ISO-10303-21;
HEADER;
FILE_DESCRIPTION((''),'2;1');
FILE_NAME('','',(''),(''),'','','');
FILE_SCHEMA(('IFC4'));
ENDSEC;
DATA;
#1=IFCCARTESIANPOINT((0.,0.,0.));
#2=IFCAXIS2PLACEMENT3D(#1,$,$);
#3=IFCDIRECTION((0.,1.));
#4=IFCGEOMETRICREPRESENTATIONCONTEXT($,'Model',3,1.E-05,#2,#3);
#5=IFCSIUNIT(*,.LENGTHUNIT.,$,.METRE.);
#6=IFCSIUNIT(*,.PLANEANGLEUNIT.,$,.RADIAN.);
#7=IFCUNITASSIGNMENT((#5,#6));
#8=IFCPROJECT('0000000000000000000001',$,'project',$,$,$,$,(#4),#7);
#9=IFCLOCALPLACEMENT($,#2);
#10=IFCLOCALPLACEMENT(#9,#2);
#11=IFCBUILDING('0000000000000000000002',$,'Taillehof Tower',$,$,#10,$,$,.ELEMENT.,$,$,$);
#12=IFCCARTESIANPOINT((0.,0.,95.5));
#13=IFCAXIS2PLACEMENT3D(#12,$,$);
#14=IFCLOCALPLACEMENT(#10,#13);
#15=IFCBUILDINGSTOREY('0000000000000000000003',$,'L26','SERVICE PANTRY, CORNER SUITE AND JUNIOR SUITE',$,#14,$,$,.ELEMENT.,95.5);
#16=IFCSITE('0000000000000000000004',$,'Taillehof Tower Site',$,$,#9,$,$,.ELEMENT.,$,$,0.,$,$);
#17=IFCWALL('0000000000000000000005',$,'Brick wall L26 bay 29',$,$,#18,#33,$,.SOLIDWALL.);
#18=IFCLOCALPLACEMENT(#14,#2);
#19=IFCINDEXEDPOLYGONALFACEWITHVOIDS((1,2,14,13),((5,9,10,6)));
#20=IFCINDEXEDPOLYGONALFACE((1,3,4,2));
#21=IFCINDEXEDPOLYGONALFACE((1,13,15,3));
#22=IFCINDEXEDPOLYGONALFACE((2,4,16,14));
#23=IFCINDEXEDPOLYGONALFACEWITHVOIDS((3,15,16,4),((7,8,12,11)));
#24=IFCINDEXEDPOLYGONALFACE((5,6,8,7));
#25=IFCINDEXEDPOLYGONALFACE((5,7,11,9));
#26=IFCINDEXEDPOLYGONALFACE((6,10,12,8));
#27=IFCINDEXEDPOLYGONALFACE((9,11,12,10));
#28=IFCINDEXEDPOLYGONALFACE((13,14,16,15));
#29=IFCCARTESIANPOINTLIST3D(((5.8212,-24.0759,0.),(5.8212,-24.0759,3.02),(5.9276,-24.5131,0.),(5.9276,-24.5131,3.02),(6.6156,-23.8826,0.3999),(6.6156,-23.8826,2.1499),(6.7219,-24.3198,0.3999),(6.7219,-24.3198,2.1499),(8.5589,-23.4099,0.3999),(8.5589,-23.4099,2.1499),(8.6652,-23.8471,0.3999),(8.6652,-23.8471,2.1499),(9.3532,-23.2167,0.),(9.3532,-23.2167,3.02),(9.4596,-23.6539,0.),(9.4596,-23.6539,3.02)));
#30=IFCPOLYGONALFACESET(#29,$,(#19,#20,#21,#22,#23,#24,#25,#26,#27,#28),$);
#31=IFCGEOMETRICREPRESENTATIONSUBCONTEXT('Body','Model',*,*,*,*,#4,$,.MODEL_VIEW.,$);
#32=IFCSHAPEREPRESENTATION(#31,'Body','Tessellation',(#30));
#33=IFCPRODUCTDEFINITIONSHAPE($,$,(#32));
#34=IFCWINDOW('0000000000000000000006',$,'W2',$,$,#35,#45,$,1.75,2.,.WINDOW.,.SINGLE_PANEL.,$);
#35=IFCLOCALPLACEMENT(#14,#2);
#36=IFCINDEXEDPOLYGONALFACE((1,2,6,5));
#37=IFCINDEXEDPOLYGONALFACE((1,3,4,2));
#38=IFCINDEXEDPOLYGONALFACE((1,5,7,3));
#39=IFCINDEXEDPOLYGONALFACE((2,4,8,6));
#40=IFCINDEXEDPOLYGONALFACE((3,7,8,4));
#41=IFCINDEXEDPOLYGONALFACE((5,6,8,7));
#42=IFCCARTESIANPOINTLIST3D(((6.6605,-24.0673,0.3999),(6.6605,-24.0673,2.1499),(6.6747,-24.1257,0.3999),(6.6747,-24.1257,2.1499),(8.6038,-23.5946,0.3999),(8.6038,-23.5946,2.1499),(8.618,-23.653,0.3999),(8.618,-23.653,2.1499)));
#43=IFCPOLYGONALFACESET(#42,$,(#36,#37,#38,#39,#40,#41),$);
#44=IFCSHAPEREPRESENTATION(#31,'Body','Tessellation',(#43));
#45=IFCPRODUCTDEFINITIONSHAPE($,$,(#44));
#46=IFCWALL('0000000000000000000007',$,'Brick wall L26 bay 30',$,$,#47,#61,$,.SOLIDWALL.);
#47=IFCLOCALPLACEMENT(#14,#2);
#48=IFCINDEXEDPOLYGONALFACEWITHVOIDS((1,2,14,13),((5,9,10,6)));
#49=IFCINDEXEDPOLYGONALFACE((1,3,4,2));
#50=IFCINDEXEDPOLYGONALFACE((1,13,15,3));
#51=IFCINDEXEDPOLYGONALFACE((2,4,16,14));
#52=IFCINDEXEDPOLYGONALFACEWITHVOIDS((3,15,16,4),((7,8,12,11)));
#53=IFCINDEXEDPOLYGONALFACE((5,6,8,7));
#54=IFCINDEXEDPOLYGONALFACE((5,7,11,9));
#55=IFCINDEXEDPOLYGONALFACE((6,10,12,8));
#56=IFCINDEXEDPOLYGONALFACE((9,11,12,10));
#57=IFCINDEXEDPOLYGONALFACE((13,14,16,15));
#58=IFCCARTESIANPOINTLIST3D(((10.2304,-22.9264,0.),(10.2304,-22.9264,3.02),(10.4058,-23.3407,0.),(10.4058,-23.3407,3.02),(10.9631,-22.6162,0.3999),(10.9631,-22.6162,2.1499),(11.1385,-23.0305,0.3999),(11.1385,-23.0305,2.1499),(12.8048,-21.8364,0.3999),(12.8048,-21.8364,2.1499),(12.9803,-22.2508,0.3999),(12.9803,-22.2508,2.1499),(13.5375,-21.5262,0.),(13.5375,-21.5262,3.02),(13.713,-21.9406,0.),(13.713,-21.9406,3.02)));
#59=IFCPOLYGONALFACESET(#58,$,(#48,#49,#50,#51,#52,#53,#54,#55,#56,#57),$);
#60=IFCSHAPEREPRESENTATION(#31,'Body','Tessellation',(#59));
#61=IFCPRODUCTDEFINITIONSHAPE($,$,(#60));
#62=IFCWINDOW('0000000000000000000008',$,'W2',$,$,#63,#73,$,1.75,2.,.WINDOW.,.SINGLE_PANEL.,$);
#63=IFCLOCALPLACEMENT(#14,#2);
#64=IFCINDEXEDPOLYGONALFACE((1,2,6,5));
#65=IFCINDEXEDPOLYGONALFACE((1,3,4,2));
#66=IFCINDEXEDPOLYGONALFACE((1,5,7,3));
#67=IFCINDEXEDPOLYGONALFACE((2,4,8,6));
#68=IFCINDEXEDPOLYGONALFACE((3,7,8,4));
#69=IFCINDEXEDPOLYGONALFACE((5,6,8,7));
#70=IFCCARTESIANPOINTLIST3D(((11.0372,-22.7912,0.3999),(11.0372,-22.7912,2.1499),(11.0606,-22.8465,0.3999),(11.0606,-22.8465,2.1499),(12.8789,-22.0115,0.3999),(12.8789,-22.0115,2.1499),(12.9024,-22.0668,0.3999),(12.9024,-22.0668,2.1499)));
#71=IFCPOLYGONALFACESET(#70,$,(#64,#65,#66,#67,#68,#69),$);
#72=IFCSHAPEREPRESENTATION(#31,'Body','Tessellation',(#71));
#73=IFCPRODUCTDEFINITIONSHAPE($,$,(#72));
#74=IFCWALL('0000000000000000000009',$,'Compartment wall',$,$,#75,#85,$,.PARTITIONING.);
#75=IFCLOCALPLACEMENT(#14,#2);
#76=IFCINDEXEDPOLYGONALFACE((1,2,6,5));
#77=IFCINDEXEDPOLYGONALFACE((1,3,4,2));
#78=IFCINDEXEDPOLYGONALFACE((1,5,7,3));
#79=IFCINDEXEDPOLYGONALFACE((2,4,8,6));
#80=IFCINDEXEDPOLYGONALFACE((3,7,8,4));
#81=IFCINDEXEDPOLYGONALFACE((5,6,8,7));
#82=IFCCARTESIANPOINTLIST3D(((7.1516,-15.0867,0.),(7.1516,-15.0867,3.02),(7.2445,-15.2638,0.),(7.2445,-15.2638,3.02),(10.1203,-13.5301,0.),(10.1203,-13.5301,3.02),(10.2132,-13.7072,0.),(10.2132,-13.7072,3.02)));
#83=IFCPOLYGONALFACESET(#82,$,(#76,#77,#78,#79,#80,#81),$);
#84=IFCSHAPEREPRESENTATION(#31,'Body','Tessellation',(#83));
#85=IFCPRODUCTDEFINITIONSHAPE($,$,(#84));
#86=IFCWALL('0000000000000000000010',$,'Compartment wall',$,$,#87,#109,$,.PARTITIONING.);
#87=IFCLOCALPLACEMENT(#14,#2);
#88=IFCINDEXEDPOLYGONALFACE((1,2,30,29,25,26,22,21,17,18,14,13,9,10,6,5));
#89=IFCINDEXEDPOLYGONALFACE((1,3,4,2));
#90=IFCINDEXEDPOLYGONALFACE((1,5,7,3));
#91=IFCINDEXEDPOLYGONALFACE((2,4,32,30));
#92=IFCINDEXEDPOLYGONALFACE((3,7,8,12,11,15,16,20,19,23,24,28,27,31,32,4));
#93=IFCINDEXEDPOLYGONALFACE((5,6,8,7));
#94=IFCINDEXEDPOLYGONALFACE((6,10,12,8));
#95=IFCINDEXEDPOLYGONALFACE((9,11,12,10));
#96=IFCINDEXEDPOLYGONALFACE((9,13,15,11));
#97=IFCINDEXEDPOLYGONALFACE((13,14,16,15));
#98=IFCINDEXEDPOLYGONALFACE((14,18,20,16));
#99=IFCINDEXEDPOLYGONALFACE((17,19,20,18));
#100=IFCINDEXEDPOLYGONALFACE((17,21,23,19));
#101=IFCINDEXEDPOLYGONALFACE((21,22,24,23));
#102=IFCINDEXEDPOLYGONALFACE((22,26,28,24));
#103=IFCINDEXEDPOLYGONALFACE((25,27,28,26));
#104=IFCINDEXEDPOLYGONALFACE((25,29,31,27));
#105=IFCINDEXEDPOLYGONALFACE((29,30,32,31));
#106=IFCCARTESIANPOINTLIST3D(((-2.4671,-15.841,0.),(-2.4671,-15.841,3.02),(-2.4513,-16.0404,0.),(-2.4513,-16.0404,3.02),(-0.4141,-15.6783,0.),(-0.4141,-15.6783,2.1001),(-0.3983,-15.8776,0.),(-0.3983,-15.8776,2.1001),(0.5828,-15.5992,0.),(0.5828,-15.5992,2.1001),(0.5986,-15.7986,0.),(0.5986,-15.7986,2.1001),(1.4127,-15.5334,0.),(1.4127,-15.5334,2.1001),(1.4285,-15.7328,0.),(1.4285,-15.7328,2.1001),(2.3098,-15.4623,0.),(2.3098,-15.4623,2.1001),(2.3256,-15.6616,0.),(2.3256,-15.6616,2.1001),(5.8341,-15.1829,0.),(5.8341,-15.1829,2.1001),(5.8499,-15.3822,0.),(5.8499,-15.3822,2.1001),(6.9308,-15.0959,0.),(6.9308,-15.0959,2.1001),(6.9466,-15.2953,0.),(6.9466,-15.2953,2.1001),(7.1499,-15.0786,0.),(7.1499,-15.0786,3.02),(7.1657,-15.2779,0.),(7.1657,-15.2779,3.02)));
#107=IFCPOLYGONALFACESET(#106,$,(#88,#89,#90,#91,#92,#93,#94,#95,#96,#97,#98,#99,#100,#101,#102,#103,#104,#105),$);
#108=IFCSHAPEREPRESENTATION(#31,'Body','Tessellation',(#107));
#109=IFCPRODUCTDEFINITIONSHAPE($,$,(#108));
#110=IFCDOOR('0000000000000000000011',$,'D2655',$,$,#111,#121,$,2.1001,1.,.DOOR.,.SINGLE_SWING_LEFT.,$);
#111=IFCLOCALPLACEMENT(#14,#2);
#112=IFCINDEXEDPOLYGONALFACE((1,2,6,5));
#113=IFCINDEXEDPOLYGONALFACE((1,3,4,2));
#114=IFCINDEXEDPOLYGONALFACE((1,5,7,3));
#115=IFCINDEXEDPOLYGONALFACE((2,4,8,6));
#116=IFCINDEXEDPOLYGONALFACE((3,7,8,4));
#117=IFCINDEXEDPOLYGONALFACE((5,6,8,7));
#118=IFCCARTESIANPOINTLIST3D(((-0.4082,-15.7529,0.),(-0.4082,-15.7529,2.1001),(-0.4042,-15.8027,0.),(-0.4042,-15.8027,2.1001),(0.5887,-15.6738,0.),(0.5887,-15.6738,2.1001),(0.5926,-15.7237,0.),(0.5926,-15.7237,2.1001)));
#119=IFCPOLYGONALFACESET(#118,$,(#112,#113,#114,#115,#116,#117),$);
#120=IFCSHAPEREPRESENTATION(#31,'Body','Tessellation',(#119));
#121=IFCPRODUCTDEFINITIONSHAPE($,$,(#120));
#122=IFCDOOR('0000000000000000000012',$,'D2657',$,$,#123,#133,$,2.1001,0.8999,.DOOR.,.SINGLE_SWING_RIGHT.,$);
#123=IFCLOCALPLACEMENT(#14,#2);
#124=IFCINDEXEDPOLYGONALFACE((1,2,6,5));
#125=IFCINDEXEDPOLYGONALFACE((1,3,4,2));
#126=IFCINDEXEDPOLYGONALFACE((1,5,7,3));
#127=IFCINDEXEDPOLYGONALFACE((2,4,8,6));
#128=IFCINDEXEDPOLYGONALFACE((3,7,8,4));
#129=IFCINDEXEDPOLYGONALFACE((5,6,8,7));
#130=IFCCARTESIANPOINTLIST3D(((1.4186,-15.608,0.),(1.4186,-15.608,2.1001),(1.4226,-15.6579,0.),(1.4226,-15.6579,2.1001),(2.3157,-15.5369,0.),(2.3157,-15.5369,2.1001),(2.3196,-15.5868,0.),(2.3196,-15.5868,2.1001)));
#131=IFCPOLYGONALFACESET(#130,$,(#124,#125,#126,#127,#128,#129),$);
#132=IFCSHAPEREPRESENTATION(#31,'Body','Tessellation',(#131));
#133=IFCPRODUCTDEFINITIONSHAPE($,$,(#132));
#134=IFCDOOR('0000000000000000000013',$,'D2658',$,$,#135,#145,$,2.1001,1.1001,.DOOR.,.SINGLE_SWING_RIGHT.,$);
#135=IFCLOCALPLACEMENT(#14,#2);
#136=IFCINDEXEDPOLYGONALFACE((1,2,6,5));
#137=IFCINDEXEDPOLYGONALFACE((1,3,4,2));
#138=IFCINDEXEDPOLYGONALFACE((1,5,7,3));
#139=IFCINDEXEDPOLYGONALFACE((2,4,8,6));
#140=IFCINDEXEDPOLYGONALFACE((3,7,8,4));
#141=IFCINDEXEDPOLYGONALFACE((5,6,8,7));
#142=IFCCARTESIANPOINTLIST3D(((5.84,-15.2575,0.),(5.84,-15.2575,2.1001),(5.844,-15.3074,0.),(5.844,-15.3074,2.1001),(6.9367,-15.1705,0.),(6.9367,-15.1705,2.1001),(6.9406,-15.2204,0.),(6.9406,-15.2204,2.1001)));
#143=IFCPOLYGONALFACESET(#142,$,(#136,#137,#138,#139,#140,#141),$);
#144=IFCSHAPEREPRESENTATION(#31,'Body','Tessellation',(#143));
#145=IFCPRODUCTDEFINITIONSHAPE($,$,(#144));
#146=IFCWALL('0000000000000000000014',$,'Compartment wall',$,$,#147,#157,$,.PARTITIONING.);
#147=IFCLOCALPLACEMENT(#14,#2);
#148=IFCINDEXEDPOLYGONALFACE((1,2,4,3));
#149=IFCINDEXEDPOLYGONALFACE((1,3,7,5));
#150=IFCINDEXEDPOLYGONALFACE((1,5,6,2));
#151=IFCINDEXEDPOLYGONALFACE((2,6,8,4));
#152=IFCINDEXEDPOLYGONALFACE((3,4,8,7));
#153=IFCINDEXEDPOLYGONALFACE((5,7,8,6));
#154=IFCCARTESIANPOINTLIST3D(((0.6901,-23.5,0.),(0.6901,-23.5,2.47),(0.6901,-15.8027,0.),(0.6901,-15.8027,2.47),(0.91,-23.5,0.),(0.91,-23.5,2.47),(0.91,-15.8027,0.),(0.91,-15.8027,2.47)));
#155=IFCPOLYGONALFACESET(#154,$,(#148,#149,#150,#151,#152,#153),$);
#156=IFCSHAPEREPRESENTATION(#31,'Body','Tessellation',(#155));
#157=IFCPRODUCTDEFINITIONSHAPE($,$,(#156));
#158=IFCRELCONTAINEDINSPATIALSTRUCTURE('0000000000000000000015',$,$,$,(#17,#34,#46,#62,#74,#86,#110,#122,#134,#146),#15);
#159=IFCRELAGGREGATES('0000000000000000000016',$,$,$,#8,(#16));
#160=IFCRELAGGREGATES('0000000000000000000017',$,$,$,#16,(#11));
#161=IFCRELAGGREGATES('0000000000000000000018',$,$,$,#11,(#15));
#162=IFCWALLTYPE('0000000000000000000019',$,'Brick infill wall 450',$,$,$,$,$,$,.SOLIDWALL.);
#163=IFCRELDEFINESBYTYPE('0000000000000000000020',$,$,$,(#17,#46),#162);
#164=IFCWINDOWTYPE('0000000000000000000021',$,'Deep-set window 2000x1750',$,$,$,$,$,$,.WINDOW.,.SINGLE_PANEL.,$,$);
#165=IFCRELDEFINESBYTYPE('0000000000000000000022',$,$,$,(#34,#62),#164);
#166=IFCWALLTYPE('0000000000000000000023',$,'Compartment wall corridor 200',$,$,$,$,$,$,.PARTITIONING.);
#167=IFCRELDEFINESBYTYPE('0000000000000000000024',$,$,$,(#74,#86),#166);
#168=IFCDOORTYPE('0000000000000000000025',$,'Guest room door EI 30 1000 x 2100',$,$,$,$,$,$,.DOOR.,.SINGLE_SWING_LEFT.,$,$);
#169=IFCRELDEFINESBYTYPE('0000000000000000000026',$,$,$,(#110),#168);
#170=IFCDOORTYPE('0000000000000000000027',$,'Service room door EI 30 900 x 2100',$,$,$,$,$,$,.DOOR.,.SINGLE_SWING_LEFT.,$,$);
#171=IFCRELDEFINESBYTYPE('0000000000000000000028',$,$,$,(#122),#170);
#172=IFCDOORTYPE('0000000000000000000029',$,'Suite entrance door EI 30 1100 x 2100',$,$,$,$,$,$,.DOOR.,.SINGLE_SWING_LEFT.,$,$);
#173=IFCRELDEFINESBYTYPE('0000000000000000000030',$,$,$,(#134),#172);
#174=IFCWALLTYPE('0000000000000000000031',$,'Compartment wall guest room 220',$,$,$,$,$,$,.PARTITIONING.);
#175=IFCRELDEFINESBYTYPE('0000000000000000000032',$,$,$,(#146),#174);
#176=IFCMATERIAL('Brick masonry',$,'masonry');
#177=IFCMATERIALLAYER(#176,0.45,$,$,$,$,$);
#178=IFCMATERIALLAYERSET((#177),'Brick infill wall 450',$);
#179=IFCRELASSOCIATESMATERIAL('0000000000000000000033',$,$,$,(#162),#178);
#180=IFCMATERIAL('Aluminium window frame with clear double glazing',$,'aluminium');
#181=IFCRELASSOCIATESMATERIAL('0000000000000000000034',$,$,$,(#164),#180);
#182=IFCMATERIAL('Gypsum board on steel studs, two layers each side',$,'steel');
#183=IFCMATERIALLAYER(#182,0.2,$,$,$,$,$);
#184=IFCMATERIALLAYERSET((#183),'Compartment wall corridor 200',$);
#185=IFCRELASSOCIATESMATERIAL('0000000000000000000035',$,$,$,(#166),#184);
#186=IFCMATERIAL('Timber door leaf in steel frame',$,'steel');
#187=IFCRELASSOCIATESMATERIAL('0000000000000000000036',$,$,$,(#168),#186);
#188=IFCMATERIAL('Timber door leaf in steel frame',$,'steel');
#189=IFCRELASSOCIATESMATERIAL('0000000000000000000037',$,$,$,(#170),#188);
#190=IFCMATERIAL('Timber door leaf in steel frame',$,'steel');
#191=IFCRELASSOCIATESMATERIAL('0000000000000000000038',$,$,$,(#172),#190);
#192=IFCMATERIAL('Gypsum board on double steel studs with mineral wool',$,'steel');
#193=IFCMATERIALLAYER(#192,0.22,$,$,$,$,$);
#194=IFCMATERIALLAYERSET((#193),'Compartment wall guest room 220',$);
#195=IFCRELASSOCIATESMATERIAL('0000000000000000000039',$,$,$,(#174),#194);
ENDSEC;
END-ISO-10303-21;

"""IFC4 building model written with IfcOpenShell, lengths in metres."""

from ifc_helpers import new_model, si_unit, direction, frame, frame_2d, origin, place, context, subcontext, project, spatial, rectangle, extrude, material, layer, layer_set, type_object, element, fill, save


model = new_model("IFC4")

# Units and contexts
model_context = context("Model", 3, precision=1e-05, world=origin(), true_north=direction((0.0, 1.0)))
body_context = subcontext(model_context, "Body", "Model", "MODEL_VIEW")
ifc_project = project(units=[si_unit("LENGTHUNIT", "METRE"), si_unit("PLANEANGLEUNIT", "RADIAN")], contexts=[model_context])

# Site, building, storey
site_placement = place(None, origin())
site = spatial("IfcSite", under=ifc_project, at=site_placement, Name="Taillehof Tower Site", CompositionType="ELEMENT", RefElevation=0.0)
building_placement = place(site_placement, origin())
building = spatial("IfcBuilding", under=site, at=building_placement, Name="Taillehof Tower", CompositionType="ELEMENT")
storey_placement = place(building_placement, frame((0.0, 0.0, 95.5)))
storey = spatial("IfcBuildingStorey", under=building, at=storey_placement, Name="L26", Description="SERVICE PANTRY, CORNER SUITE AND JUNIOR SUITE", CompositionType="ELEMENT", Elevation=95.5)

# Walls, openings, windows
ifc_material_1 = material(Name="Brick masonry", Category="masonry")
ifc_layer_1 = layer(ifc_material_1, 0.45)
ifc_layer_set_1 = layer_set([ifc_layer_1], Name="Brick infill wall 450")
wall_type_1 = type_object("IfcWallType", Name="Brick infill wall 450", PredefinedType="SOLIDWALL", material=ifc_layer_set_1)
ifc_material_2 = material(Name="Aluminium window frame with clear double glazing", Category="aluminium")
window_type = type_object("IfcWindowType", Name="Deep-set window 2000x1750", PartitioningType="SINGLE_PANEL", PredefinedType="WINDOW", material=ifc_material_2)
wall_1_placement = place(storey_placement, frame((5.8745, -24.2944, 0.0), z_axis=(0.0, 0.0, 1.0), x_axis=(0.971668, 0.236352, 0.0)))
wall_1 = element("IfcWall", 1, at=wall_1_placement, inside=storey, type_object=wall_type_1, Name="Brick wall L26 bay 29", PredefinedType="SOLIDWALL", context=body_context, shape_type="SweptSolid", body=[
    extrude(rectangle(XDim=3.635, YDim=0.45, at=frame_2d((1.8174, 0.0))), origin(), (0.0, 0.0, 1.0), 3.02),
])
opening_1_placement = place(wall_1_placement, frame((0.8174, 0.0, 0.3999)))
opening_1 = element("IfcOpeningElement", 2, at=opening_1_placement, cuts=wall_1, PredefinedType="OPENING", context=body_context, shape_type="SweptSolid", body=[
    extrude(rectangle(XDim=2.0, YDim=1.75, at=frame_2d((1.0, 0.875))), frame((0.0, 0.2349, 0.0), z_axis=(0.0, -1.0, 0.0), x_axis=(1.0, 0.0, 0.0)), (0.0, 0.0, 1.0), 0.47),
])
window_1_placement = place(opening_1_placement, origin())
window_1 = element("IfcWindow", 3, at=window_1_placement, inside=storey, type_object=window_type, Name="W2", OverallHeight=1.75, OverallWidth=2.0, PartitioningType="SINGLE_PANEL", PredefinedType="WINDOW", context=body_context, shape_type="SweptSolid", body=[
    extrude(rectangle(XDim=2.0, YDim=1.75, at=frame_2d((1.0, 0.875))), frame((0.0, 0.0349, 0.0), z_axis=(0.0, -1.0, 0.0), x_axis=(1.0, 0.0, 0.0)), (0.0, 0.0, 1.0), 0.0601),
])
fill(opening_1, window_1)
wall_2_placement = place(storey_placement, frame((10.3181, -23.1335, 0.0), z_axis=(0.0, 0.0, 1.0), x_axis=(0.92087, 0.389871, 0.0)))
wall_2 = element("IfcWall", 4, at=wall_2_placement, inside=storey, type_object=wall_type_1, Name="Brick wall L26 bay 30", PredefinedType="SOLIDWALL", context=body_context, shape_type="SweptSolid", body=[
    extrude(rectangle(XDim=3.5913, YDim=0.45, at=frame_2d((1.7957, 0.0))), origin(), (0.0, 0.0, 1.0), 3.02),
])
opening_2_placement = place(wall_2_placement, frame((0.7957, 0.0, 0.3999)))
opening_2 = element("IfcOpeningElement", 5, at=opening_2_placement, cuts=wall_2, PredefinedType="OPENING", context=body_context, shape_type="SweptSolid", body=[
    extrude(rectangle(XDim=2.0, YDim=1.75, at=frame_2d((1.0, 0.875))), frame((0.0, 0.2349, 0.0), z_axis=(0.0, -1.0, 0.0), x_axis=(1.0, 0.0, 0.0)), (0.0, 0.0, 1.0), 0.47),
])
window_2_placement = place(opening_2_placement, origin())
window_2 = element("IfcWindow", 6, at=window_2_placement, inside=storey, type_object=window_type, Name="W2", OverallHeight=1.75, OverallWidth=2.0, PartitioningType="SINGLE_PANEL", PredefinedType="WINDOW", context=body_context, shape_type="SweptSolid", body=[
    extrude(rectangle(XDim=2.0, YDim=1.75, at=frame_2d((1.0, 0.875))), frame((0.0, 0.0349, 0.0), z_axis=(0.0, -1.0, 0.0), x_axis=(1.0, 0.0, 0.0)), (0.0, 0.0, 1.0), 0.0601),
])
fill(opening_2, window_2)

# Wall
ifc_material_3 = material(Name="Gypsum board on steel studs, two layers each side", Category="steel")
ifc_layer_2 = layer(ifc_material_3, 0.2)
ifc_layer_set_2 = layer_set([ifc_layer_2], Name="Compartment wall corridor 200")
wall_type_2 = type_object("IfcWallType", Name="Compartment wall corridor 200", PredefinedType="PARTITIONING", material=ifc_layer_set_2)
wall_3_placement = place(storey_placement, frame((10.1667, -13.6187, 0.0), z_axis=(0.0, 0.0, 1.0), x_axis=(-0.885638, -0.464377, 0.0)))
element("IfcWall", 7, at=wall_3_placement, inside=storey, type_object=wall_type_2, Name="Compartment wall", PredefinedType="PARTITIONING", context=body_context, shape_type="SweptSolid", body=[
    extrude(rectangle(XDim=3.3521, YDim=0.2, at=frame_2d((1.676, 0.0))), origin(), (0.0, 0.0, 1.0), 3.02),
])

# Wall, openings, doors
wall_4_placement = place(storey_placement, frame((7.158, -15.1782, 0.0), z_axis=(0.0, 0.0, 1.0), x_axis=(-0.996872, -0.079034, 0.0)))
wall_4 = element("IfcWall", 8, at=wall_4_placement, inside=storey, type_object=wall_type_2, Name="Compartment wall", PredefinedType="PARTITIONING", context=body_context, shape_type="SweptSolid", body=[
    extrude(rectangle(XDim=9.6472, YDim=0.2, at=frame_2d((4.8237, 0.0))), origin(), (0.0, 0.0, 1.0), 3.02),
])
opening_3_placement = place(wall_4_placement, frame((6.5879, 0.0, 0.0)))
opening_3 = element("IfcOpeningElement", 9, at=opening_3_placement, cuts=wall_4, PredefinedType="OPENING", context=body_context, shape_type="SweptSolid", body=[
    extrude(rectangle(XDim=1.0, YDim=2.1001, at=frame_2d((0.5, 1.05))), frame((0.0, 0.1099, 0.0), z_axis=(0.0, -1.0, 0.0), x_axis=(1.0, 0.0, 0.0)), (0.0, 0.0, 1.0), 0.22),
])
opening_4_placement = place(wall_4_placement, frame((4.8555, 0.0, 0.0)))
opening_4 = element("IfcOpeningElement", 10, at=opening_4_placement, cuts=wall_4, PredefinedType="OPENING", context=body_context, shape_type="SweptSolid", body=[
    extrude(rectangle(XDim=0.8999, YDim=2.1001, at=frame_2d((0.45, 1.05))), frame((0.0, 0.1099, 0.0), z_axis=(0.0, -1.0, 0.0), x_axis=(1.0, 0.0, 0.0)), (0.0, 0.0, 1.0), 0.22),
])
opening_5_placement = place(wall_4_placement, frame((0.22, 0.0, 0.0)))
opening_5 = element("IfcOpeningElement", 11, at=opening_5_placement, cuts=wall_4, PredefinedType="OPENING", context=body_context, shape_type="SweptSolid", body=[
    extrude(rectangle(XDim=1.1001, YDim=2.1001, at=frame_2d((0.55, 1.05))), frame((0.0, 0.1099, 0.0), z_axis=(0.0, -1.0, 0.0), x_axis=(1.0, 0.0, 0.0)), (0.0, 0.0, 1.0), 0.22),
])
ifc_material_4 = material(Name="Timber door leaf in steel frame", Category="steel")
door_type_1 = type_object("IfcDoorType", Name="Guest room door EI 30 1000 x 2100", OperationType="SINGLE_SWING_LEFT", PredefinedType="DOOR", material=ifc_material_4)
door_1_placement = place(opening_3_placement, origin())
door_1 = element("IfcDoor", 12, at=door_1_placement, inside=storey, type_object=door_type_1, Name="D2655", OperationType="SINGLE_SWING_LEFT", OverallHeight=2.1001, OverallWidth=1.0, PredefinedType="DOOR", context=body_context, shape_type="SweptSolid", body=[
    extrude(rectangle(XDim=1.0, YDim=2.1001, at=frame_2d((0.5, 1.05))), frame((0.0, 0.0249, 0.0), z_axis=(0.0, -1.0, 0.0), x_axis=(1.0, 0.0, 0.0)), (0.0, 0.0, 1.0), 0.05),
])
fill(opening_3, door_1)
ifc_material_5 = material(Name="Timber door leaf in steel frame", Category="steel")
door_type_2 = type_object("IfcDoorType", Name="Service room door EI 30 900 x 2100", OperationType="SINGLE_SWING_LEFT", PredefinedType="DOOR", material=ifc_material_5)
door_2_placement = place(opening_4_placement, origin())
door_2 = element("IfcDoor", 13, at=door_2_placement, inside=storey, type_object=door_type_2, Name="D2657", OperationType="SINGLE_SWING_RIGHT", OverallHeight=2.1001, OverallWidth=0.8999, PredefinedType="DOOR", context=body_context, shape_type="SweptSolid", body=[
    extrude(rectangle(XDim=0.8999, YDim=2.1001, at=frame_2d((0.45, 1.05))), frame((0.0, 0.0249, 0.0), z_axis=(0.0, -1.0, 0.0), x_axis=(1.0, 0.0, 0.0)), (0.0, 0.0, 1.0), 0.05),
])
fill(opening_4, door_2)
ifc_material_6 = material(Name="Timber door leaf in steel frame", Category="steel")
door_type_3 = type_object("IfcDoorType", Name="Suite entrance door EI 30 1100 x 2100", OperationType="SINGLE_SWING_LEFT", PredefinedType="DOOR", material=ifc_material_6)
door_3_placement = place(opening_5_placement, origin())
door_3 = element("IfcDoor", 14, at=door_3_placement, inside=storey, type_object=door_type_3, Name="D2658", OperationType="SINGLE_SWING_RIGHT", OverallHeight=2.1001, OverallWidth=1.1001, PredefinedType="DOOR", context=body_context, shape_type="SweptSolid", body=[
    extrude(rectangle(XDim=1.1001, YDim=2.1001, at=frame_2d((0.55, 1.05))), frame((0.0, 0.0249, 0.0), z_axis=(0.0, -1.0, 0.0), x_axis=(1.0, 0.0, 0.0)), (0.0, 0.0, 1.0), 0.05),
])
fill(opening_5, door_3)

# Wall
ifc_material_7 = material(Name="Gypsum board on double steel studs with mineral wool", Category="steel")
ifc_layer_3 = layer(ifc_material_7, 0.22)
ifc_layer_set_3 = layer_set([ifc_layer_3], Name="Compartment wall guest room 220")
wall_type_3 = type_object("IfcWallType", Name="Compartment wall guest room 220", PredefinedType="PARTITIONING", material=ifc_layer_set_3)
for number, where, z_axis, x_axis, name in (
    (15, (0.8, -23.5, 0.0), (0.0, 0.0, 1.0), (0.0, 1.0, 0.0), "Compartment wall"),
):
    element("IfcWall", number, at=place(storey_placement, frame(where, z_axis=z_axis, x_axis=x_axis)), inside=storey, type_object=wall_type_3, Name=name, PredefinedType="PARTITIONING", context=body_context, shape_type="SweptSolid", body=[
        extrude(rectangle(XDim=7.6973, YDim=0.22, at=frame_2d((3.8486, 0.0))), origin(), (0.0, 0.0, 1.0), 2.47),
    ])

save(model, "model.ifc")
